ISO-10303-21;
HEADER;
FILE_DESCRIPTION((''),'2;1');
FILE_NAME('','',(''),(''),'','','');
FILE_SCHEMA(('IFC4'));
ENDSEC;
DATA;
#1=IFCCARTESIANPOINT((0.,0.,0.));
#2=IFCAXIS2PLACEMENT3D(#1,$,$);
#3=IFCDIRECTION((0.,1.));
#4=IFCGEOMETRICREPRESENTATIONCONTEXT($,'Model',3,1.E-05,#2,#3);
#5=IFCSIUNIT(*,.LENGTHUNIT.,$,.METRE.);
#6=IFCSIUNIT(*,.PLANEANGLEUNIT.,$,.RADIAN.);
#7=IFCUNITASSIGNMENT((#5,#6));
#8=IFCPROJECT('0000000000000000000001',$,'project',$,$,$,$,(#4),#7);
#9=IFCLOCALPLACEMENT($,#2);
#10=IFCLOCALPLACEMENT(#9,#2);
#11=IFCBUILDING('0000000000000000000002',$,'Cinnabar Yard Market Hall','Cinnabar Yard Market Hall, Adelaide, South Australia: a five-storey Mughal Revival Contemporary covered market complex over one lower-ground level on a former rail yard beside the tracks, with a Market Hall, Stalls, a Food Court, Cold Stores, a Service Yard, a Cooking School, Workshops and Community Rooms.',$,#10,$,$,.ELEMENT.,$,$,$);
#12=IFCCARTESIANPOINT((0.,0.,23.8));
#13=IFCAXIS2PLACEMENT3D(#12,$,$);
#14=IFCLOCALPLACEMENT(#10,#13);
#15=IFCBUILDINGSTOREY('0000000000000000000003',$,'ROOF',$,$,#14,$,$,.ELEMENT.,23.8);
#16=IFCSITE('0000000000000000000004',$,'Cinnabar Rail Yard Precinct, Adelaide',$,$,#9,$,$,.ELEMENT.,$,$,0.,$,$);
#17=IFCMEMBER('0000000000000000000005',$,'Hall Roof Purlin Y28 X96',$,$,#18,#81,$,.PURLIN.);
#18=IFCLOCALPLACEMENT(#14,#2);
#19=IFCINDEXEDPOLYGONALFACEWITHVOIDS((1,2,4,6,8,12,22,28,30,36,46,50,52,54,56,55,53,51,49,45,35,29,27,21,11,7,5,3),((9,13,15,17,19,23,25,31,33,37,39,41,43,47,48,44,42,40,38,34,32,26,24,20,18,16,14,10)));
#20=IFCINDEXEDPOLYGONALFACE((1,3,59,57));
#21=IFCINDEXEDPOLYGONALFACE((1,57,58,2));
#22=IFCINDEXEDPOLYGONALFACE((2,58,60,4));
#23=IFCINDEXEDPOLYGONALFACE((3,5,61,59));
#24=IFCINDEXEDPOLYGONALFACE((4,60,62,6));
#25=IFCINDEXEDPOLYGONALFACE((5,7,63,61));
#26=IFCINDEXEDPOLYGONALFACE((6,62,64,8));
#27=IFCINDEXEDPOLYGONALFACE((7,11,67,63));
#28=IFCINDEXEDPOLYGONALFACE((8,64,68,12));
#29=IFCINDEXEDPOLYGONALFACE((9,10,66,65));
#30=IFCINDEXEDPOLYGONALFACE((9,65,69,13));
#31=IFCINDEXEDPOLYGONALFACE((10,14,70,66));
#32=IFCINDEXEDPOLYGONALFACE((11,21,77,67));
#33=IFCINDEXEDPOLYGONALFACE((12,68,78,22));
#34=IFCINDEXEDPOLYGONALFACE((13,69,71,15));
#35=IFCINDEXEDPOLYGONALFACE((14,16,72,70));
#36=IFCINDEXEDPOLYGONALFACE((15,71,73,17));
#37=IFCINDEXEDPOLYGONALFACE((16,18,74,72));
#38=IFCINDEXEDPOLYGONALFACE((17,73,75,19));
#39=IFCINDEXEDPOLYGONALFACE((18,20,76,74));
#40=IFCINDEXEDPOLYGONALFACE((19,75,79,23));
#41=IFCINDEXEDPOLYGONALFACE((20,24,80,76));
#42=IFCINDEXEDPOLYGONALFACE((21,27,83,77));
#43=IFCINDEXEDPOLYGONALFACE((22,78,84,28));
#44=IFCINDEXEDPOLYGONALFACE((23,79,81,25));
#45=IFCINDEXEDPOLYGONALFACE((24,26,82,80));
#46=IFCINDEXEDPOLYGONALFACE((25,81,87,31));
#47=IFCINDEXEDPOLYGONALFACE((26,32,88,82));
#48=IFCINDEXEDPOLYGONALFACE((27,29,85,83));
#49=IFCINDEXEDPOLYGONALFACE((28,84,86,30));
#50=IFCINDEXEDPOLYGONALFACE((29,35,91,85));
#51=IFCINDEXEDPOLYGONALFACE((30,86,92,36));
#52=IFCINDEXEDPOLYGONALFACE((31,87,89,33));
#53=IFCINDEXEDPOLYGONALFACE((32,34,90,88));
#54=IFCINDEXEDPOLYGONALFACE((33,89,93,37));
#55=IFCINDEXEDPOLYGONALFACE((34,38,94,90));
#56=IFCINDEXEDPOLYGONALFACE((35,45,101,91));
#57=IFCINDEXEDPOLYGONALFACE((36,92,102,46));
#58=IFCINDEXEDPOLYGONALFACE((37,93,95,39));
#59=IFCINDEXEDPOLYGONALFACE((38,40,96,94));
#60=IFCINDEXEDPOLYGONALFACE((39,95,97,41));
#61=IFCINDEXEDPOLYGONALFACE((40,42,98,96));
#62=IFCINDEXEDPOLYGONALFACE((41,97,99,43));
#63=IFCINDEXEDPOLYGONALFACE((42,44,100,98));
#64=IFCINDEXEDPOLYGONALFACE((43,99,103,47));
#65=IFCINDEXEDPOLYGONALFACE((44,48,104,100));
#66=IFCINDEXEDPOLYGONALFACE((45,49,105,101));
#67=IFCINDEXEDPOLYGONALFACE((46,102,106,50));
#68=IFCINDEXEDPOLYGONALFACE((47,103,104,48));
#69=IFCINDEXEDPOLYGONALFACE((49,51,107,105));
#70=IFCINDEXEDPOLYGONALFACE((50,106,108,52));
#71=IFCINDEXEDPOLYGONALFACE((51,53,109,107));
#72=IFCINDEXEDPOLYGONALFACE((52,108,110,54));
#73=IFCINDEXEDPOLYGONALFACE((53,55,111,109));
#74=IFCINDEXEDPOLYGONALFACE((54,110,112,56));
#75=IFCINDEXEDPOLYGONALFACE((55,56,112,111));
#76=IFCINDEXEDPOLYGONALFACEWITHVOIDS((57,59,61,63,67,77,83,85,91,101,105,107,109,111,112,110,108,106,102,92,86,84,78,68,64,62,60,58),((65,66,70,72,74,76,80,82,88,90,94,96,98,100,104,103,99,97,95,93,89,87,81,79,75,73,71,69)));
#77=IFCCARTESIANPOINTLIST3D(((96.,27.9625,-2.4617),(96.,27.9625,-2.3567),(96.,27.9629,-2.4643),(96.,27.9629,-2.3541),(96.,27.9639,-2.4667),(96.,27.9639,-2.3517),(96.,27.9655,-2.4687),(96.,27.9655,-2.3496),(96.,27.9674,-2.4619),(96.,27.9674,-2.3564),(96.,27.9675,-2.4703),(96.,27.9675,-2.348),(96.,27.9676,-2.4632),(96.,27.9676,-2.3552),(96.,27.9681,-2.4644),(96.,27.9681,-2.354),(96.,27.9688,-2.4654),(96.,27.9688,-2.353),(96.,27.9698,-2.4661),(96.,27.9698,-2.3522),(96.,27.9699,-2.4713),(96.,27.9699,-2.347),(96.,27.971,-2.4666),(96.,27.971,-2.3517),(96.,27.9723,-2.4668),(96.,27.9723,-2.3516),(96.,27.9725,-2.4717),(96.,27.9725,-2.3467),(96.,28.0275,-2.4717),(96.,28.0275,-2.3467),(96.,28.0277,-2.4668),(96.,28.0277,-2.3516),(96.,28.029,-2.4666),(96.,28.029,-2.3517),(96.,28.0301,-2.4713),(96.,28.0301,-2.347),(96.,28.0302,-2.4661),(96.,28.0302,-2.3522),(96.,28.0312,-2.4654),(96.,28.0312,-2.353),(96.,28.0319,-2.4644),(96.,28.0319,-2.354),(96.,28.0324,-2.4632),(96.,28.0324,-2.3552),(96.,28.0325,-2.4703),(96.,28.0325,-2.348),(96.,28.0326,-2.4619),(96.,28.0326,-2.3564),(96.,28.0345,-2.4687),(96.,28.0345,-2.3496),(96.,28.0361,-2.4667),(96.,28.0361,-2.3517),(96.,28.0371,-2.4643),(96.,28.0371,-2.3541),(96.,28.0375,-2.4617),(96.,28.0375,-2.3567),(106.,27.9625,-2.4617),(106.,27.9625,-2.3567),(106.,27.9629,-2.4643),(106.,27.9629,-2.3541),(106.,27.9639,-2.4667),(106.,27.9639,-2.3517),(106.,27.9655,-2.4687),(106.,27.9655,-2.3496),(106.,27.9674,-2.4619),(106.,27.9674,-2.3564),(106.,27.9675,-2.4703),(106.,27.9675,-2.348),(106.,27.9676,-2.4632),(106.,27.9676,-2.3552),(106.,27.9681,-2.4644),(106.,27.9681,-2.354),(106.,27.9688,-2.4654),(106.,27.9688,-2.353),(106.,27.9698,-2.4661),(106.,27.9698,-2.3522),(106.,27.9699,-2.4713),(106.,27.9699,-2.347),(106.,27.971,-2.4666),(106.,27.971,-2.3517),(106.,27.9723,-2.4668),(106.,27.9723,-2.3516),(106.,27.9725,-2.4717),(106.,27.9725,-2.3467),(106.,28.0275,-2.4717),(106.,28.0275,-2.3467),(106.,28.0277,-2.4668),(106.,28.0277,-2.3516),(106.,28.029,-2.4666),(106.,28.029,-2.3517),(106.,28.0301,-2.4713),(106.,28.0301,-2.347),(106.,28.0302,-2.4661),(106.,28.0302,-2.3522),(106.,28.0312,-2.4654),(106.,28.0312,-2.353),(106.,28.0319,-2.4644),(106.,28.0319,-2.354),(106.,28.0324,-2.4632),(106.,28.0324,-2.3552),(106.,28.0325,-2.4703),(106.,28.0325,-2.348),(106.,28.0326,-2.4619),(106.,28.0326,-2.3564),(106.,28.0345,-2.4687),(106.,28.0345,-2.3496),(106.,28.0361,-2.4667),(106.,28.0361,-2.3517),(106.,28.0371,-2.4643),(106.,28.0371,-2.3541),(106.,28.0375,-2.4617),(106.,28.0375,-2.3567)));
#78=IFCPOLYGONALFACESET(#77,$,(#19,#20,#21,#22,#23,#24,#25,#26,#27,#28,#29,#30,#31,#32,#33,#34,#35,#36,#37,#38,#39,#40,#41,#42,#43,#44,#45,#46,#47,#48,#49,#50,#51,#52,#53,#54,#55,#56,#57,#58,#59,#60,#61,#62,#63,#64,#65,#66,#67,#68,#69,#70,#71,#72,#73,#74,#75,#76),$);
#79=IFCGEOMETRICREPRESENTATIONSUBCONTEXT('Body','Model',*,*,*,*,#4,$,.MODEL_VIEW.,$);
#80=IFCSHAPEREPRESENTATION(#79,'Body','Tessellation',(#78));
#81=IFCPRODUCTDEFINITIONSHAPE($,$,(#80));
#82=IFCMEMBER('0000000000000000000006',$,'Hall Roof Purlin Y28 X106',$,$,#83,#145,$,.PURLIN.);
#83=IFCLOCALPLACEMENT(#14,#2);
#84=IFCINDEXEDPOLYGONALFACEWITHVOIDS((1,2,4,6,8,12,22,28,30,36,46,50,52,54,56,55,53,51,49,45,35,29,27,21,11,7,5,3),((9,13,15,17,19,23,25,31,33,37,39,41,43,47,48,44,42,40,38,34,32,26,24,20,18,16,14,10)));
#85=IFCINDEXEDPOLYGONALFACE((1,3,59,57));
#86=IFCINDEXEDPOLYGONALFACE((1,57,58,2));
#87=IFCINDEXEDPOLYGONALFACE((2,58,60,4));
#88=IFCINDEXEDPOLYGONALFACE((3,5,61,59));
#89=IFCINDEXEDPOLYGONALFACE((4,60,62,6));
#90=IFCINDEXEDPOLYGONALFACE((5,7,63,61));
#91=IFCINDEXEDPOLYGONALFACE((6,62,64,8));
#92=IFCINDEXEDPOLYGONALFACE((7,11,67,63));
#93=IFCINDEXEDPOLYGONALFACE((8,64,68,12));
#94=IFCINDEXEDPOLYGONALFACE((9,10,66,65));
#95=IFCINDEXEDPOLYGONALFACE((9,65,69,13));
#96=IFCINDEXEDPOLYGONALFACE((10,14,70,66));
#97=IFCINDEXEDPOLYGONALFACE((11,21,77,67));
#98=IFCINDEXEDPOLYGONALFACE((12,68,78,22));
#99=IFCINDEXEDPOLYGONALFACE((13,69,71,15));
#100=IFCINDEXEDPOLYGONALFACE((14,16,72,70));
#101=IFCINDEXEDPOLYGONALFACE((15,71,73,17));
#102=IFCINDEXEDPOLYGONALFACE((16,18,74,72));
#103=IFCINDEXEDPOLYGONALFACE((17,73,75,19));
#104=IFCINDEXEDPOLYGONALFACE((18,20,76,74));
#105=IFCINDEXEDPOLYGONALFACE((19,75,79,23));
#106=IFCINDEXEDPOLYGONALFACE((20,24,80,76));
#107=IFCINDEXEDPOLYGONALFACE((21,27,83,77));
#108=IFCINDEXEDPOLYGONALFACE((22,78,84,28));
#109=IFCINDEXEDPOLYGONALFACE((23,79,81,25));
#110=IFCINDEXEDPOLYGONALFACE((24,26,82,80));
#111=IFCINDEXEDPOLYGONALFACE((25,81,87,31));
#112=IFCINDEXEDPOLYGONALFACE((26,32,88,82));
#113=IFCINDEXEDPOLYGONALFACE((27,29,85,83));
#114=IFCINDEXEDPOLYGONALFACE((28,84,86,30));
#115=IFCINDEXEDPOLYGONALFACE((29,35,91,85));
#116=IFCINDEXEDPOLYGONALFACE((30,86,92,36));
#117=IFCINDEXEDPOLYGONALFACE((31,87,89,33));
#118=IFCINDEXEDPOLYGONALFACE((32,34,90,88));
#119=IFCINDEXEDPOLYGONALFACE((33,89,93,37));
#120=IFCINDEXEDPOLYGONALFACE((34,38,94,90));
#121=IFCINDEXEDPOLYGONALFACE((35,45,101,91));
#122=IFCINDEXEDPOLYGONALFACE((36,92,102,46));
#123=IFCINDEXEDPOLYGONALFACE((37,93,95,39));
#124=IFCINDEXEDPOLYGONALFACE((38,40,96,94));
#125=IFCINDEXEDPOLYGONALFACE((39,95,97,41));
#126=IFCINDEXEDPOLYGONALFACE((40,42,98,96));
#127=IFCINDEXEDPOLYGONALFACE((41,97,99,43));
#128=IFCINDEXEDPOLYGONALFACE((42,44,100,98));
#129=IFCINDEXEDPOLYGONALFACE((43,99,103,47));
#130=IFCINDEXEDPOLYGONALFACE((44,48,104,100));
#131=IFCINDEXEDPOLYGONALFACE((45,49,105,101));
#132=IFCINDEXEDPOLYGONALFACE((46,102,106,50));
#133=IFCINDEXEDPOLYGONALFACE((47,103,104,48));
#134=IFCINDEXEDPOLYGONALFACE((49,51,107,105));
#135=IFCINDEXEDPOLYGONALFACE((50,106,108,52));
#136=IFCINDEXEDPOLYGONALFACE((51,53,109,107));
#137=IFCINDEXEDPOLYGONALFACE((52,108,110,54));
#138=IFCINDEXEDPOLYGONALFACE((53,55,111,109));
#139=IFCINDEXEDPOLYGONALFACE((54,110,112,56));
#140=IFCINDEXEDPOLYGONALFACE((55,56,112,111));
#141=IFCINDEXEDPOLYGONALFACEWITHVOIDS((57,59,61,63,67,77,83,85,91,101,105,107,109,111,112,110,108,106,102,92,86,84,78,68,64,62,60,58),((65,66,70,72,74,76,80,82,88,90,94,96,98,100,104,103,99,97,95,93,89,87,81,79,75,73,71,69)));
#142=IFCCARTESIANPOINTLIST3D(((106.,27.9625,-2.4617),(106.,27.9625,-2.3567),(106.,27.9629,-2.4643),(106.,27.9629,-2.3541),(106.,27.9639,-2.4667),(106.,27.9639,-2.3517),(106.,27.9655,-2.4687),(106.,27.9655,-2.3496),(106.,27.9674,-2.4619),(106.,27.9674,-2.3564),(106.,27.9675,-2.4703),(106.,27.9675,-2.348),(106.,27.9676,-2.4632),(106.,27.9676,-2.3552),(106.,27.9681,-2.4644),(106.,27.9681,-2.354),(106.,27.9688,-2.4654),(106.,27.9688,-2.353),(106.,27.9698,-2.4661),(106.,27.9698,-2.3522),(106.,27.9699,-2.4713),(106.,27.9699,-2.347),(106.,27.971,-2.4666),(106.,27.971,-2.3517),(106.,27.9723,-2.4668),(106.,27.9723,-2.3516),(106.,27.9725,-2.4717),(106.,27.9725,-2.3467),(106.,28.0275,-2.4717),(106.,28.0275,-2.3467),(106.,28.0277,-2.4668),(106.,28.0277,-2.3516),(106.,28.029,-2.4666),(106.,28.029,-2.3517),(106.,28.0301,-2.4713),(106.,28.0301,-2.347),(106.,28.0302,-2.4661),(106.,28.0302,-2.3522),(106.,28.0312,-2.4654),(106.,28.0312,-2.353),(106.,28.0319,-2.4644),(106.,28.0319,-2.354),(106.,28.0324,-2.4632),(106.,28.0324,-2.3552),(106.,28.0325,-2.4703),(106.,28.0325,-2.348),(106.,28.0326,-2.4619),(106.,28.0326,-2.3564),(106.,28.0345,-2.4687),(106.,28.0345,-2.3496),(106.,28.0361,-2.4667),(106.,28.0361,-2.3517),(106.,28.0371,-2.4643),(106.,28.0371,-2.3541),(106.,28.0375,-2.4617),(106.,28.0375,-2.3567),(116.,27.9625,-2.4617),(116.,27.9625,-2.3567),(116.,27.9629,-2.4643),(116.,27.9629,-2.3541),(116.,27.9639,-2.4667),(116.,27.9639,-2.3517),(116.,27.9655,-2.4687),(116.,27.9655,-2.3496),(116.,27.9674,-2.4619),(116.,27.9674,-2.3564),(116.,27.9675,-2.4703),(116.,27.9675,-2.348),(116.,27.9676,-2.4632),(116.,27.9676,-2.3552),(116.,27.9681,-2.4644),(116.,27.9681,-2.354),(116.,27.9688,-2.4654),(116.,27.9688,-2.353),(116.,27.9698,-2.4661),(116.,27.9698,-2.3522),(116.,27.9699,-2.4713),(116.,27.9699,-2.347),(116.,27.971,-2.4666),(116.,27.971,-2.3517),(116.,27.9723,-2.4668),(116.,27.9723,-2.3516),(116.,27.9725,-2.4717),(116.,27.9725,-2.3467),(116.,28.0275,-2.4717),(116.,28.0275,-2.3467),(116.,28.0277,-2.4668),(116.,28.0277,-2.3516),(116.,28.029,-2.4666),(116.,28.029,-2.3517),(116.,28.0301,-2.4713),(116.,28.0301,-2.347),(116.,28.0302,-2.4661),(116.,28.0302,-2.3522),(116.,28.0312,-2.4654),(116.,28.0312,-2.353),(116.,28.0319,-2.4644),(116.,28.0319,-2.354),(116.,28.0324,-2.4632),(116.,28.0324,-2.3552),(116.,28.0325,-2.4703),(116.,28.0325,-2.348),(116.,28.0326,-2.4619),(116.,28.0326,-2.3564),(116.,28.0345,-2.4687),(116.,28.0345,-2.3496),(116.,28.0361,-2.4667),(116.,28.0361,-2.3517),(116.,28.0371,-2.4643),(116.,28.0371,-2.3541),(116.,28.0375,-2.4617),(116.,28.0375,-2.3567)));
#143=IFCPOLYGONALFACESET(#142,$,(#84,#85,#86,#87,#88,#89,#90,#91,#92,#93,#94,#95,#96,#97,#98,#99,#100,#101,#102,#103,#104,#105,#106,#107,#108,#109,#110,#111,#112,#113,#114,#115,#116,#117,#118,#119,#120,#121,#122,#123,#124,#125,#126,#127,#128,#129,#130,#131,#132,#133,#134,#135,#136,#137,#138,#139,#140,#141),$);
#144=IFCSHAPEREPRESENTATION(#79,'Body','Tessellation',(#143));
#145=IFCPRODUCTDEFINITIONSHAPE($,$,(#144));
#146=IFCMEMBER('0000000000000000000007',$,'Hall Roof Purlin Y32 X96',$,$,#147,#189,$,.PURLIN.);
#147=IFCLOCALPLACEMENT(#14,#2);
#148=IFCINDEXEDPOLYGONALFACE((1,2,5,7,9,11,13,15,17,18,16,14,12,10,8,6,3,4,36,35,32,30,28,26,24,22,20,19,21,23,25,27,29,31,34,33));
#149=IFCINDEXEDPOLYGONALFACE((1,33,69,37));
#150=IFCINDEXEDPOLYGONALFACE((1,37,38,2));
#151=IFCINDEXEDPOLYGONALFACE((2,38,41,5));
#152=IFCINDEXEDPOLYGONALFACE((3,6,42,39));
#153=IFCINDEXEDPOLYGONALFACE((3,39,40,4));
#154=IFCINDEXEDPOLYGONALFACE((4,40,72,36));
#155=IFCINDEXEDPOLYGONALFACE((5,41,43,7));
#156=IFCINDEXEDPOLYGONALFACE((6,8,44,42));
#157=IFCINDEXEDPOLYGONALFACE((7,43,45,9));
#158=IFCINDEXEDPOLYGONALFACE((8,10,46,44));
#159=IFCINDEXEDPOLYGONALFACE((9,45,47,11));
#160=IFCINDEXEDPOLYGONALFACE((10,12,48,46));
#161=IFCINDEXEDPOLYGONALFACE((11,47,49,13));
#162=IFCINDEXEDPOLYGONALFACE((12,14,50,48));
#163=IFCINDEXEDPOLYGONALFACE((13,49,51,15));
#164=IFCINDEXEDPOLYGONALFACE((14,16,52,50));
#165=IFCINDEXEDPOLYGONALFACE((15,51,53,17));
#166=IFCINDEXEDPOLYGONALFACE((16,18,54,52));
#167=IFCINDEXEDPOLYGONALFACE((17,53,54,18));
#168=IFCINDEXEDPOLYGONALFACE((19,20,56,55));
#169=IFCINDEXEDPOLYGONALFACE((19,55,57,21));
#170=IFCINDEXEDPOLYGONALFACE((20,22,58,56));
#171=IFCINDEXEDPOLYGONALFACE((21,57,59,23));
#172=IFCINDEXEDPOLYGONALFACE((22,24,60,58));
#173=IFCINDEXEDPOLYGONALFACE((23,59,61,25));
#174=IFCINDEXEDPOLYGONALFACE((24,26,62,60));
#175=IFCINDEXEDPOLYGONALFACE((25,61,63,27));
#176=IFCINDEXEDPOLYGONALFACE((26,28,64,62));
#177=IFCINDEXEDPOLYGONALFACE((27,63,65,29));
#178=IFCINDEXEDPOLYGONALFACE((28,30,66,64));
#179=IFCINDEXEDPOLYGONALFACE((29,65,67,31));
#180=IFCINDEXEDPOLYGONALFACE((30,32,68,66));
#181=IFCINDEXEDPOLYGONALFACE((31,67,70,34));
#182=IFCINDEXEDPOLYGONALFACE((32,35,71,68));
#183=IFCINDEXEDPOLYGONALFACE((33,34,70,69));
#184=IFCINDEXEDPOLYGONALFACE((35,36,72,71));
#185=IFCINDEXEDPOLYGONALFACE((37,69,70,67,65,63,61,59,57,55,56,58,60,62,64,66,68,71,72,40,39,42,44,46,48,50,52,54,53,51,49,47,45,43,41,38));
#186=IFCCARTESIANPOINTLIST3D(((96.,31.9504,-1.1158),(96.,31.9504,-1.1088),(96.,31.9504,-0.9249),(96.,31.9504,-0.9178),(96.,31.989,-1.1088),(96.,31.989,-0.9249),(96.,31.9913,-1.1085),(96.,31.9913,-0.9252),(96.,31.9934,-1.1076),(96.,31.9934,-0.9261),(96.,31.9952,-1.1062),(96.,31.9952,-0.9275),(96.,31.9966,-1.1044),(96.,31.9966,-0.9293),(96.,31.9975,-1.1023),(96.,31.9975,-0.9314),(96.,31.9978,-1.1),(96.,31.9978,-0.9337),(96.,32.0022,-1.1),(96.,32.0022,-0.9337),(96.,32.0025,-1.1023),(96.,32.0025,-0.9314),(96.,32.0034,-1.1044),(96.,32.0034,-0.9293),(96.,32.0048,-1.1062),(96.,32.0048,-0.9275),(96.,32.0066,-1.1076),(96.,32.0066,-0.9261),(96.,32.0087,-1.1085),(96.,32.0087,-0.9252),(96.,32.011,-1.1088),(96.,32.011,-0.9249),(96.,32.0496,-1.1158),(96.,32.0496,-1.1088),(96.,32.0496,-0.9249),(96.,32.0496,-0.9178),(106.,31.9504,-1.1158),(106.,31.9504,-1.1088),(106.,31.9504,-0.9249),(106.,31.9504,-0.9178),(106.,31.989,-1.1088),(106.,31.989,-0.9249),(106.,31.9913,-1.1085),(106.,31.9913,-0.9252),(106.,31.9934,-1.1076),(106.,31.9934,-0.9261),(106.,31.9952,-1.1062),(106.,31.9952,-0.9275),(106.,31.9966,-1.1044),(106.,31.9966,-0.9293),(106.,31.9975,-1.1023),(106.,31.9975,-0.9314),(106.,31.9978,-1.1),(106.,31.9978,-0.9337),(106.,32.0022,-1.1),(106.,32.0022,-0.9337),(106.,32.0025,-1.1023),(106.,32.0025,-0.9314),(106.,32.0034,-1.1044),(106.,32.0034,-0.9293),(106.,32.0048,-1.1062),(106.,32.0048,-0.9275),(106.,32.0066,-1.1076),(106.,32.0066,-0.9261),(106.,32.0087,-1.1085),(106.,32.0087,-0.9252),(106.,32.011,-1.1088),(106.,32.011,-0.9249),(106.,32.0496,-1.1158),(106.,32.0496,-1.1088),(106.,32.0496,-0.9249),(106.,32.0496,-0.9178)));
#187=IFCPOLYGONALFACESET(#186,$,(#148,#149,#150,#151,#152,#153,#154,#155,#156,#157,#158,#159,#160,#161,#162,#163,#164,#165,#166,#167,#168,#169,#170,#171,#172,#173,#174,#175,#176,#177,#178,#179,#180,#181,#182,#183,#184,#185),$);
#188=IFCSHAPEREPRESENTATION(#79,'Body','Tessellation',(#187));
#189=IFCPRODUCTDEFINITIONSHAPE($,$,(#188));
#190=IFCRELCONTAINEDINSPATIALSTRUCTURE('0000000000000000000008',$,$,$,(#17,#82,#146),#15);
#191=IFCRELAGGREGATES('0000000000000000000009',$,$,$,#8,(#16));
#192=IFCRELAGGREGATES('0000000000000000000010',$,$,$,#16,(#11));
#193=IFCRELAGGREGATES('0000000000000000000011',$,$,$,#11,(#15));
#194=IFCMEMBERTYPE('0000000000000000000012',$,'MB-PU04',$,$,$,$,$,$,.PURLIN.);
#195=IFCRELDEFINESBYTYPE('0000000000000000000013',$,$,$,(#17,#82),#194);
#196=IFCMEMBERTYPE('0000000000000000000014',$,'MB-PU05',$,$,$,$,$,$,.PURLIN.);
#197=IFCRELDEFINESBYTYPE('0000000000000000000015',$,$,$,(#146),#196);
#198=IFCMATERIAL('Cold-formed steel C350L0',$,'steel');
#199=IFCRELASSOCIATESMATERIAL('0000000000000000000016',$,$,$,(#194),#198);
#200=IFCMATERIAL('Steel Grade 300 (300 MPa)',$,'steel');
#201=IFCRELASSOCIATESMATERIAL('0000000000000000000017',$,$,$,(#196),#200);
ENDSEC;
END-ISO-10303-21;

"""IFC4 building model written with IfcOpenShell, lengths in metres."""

from ifc_helpers import new_model, si_unit, direction, frame, origin, origin_2d_with_axis, place, context, subcontext, project, spatial, hollow_rectangle, i_section, extrude, material, material_profile, profile_set, type_object, element, save


model = new_model("IFC4")

# Units and contexts
model_context = context("Model", 3, precision=1e-05, world=origin(), true_north=direction((0.0, 1.0)))
body_context = subcontext(model_context, "Body", "Model", "MODEL_VIEW")
ifc_project = project(units=[si_unit("LENGTHUNIT", "METRE"), si_unit("PLANEANGLEUNIT", "RADIAN")], contexts=[model_context])

# Site, building, storey
site_placement = place(None, origin())
site = spatial("IfcSite", under=ifc_project, at=site_placement, Name="Cinnabar Rail Yard Precinct, Adelaide", CompositionType="ELEMENT", RefElevation=0.0)
building_placement = place(site_placement, origin())
building = spatial("IfcBuilding", under=site, at=building_placement, Name="Cinnabar Yard Market Hall", Description="Cinnabar Yard Market Hall, Adelaide, South Australia: a five-storey Mughal Revival Contemporary covered market complex over one lower-ground level on a former rail yard beside the tracks, with a Market Hall, Stalls, a Food Court, Cold Stores, a Service Yard, a Cooking School, Workshops and Community Rooms.", CompositionType="ELEMENT")
storey_placement = place(building_placement, frame((0.0, 0.0, 23.8)))
storey = spatial("IfcBuildingStorey", under=building, at=storey_placement, Name="ROOF", CompositionType="ELEMENT", Elevation=23.8)

# Shared definitions
ifc_material_1 = material(Name="Steel Grade 300 (300 MPa)", Category="steel")

# Members
ifc_material_2 = material(Name="Cold-formed steel C350L0", Category="steel")
ifc_material_profile_1 = material_profile(ifc_material_2, hollow_rectangle(XDim=0.075, YDim=0.125, WallThickness=0.0049, InnerFilletRadius=0.0049, OuterFilletRadius=0.01, at=origin_2d_with_axis()), Name="125x75x5.0RHS")
ifc_profile_set_1 = profile_set([ifc_material_profile_1], Name="Cold-formed steel C350L0")
member_type_1 = type_object("IfcMemberType", Name="MB-PU04", PredefinedType="PURLIN", material=ifc_profile_set_1)
for number, where, z_axis, x_axis, name in (
    (1, (96.0, 28.0, -2.4092), (1.0, 0.0, 0.0), (0.0, 1.0, 0.0), "Hall Roof Purlin Y28 X96"),
    (2, (106.0, 28.0, -2.4092), (1.0, 0.0, 0.0), (0.0, 1.0, 0.0), "Hall Roof Purlin Y28 X106"),
):
    element("IfcMember", number, at=place(storey_placement, frame(where, z_axis=z_axis, x_axis=x_axis)), inside=storey, type_object=member_type_1, Name=name, PredefinedType="PURLIN", context=body_context, shape_type="SweptSolid", body=[
        extrude(hollow_rectangle(XDim=0.075, YDim=0.125, WallThickness=0.0049, InnerFilletRadius=0.0049, OuterFilletRadius=0.01, at=origin_2d_with_axis()), origin(), (0.0, 0.0, 1.0), 10.0),
    ])
ifc_material_profile_2 = material_profile(ifc_material_1, i_section(OverallWidth=0.0991, OverallDepth=0.198, WebThickness=0.0044, FlangeThickness=0.0071, FilletRadius=0.0088, at=origin_2d_with_axis()), Name="200UB18.2")
ifc_profile_set_2 = profile_set([ifc_material_profile_2], Name="Steel Grade 300 (300 MPa)")
member_type_2 = type_object("IfcMemberType", Name="MB-PU05", PredefinedType="PURLIN", material=ifc_profile_set_2)
for number, where, z_axis, x_axis, name in (
    (3, (96.0, 32.0, -1.0168), (1.0, 0.0, 0.0), (0.0, 1.0, 0.0), "Hall Roof Purlin Y32 X96"),
):
    element("IfcMember", number, at=place(storey_placement, frame(where, z_axis=z_axis, x_axis=x_axis)), inside=storey, type_object=member_type_2, Name=name, PredefinedType="PURLIN", context=body_context, shape_type="SweptSolid", body=[
        extrude(i_section(OverallWidth=0.0991, OverallDepth=0.198, WebThickness=0.0044, FlangeThickness=0.0071, FilletRadius=0.0088, at=origin_2d_with_axis()), origin(), (0.0, 0.0, 1.0), 10.0),
    ])

save(model, "model.ifc")
